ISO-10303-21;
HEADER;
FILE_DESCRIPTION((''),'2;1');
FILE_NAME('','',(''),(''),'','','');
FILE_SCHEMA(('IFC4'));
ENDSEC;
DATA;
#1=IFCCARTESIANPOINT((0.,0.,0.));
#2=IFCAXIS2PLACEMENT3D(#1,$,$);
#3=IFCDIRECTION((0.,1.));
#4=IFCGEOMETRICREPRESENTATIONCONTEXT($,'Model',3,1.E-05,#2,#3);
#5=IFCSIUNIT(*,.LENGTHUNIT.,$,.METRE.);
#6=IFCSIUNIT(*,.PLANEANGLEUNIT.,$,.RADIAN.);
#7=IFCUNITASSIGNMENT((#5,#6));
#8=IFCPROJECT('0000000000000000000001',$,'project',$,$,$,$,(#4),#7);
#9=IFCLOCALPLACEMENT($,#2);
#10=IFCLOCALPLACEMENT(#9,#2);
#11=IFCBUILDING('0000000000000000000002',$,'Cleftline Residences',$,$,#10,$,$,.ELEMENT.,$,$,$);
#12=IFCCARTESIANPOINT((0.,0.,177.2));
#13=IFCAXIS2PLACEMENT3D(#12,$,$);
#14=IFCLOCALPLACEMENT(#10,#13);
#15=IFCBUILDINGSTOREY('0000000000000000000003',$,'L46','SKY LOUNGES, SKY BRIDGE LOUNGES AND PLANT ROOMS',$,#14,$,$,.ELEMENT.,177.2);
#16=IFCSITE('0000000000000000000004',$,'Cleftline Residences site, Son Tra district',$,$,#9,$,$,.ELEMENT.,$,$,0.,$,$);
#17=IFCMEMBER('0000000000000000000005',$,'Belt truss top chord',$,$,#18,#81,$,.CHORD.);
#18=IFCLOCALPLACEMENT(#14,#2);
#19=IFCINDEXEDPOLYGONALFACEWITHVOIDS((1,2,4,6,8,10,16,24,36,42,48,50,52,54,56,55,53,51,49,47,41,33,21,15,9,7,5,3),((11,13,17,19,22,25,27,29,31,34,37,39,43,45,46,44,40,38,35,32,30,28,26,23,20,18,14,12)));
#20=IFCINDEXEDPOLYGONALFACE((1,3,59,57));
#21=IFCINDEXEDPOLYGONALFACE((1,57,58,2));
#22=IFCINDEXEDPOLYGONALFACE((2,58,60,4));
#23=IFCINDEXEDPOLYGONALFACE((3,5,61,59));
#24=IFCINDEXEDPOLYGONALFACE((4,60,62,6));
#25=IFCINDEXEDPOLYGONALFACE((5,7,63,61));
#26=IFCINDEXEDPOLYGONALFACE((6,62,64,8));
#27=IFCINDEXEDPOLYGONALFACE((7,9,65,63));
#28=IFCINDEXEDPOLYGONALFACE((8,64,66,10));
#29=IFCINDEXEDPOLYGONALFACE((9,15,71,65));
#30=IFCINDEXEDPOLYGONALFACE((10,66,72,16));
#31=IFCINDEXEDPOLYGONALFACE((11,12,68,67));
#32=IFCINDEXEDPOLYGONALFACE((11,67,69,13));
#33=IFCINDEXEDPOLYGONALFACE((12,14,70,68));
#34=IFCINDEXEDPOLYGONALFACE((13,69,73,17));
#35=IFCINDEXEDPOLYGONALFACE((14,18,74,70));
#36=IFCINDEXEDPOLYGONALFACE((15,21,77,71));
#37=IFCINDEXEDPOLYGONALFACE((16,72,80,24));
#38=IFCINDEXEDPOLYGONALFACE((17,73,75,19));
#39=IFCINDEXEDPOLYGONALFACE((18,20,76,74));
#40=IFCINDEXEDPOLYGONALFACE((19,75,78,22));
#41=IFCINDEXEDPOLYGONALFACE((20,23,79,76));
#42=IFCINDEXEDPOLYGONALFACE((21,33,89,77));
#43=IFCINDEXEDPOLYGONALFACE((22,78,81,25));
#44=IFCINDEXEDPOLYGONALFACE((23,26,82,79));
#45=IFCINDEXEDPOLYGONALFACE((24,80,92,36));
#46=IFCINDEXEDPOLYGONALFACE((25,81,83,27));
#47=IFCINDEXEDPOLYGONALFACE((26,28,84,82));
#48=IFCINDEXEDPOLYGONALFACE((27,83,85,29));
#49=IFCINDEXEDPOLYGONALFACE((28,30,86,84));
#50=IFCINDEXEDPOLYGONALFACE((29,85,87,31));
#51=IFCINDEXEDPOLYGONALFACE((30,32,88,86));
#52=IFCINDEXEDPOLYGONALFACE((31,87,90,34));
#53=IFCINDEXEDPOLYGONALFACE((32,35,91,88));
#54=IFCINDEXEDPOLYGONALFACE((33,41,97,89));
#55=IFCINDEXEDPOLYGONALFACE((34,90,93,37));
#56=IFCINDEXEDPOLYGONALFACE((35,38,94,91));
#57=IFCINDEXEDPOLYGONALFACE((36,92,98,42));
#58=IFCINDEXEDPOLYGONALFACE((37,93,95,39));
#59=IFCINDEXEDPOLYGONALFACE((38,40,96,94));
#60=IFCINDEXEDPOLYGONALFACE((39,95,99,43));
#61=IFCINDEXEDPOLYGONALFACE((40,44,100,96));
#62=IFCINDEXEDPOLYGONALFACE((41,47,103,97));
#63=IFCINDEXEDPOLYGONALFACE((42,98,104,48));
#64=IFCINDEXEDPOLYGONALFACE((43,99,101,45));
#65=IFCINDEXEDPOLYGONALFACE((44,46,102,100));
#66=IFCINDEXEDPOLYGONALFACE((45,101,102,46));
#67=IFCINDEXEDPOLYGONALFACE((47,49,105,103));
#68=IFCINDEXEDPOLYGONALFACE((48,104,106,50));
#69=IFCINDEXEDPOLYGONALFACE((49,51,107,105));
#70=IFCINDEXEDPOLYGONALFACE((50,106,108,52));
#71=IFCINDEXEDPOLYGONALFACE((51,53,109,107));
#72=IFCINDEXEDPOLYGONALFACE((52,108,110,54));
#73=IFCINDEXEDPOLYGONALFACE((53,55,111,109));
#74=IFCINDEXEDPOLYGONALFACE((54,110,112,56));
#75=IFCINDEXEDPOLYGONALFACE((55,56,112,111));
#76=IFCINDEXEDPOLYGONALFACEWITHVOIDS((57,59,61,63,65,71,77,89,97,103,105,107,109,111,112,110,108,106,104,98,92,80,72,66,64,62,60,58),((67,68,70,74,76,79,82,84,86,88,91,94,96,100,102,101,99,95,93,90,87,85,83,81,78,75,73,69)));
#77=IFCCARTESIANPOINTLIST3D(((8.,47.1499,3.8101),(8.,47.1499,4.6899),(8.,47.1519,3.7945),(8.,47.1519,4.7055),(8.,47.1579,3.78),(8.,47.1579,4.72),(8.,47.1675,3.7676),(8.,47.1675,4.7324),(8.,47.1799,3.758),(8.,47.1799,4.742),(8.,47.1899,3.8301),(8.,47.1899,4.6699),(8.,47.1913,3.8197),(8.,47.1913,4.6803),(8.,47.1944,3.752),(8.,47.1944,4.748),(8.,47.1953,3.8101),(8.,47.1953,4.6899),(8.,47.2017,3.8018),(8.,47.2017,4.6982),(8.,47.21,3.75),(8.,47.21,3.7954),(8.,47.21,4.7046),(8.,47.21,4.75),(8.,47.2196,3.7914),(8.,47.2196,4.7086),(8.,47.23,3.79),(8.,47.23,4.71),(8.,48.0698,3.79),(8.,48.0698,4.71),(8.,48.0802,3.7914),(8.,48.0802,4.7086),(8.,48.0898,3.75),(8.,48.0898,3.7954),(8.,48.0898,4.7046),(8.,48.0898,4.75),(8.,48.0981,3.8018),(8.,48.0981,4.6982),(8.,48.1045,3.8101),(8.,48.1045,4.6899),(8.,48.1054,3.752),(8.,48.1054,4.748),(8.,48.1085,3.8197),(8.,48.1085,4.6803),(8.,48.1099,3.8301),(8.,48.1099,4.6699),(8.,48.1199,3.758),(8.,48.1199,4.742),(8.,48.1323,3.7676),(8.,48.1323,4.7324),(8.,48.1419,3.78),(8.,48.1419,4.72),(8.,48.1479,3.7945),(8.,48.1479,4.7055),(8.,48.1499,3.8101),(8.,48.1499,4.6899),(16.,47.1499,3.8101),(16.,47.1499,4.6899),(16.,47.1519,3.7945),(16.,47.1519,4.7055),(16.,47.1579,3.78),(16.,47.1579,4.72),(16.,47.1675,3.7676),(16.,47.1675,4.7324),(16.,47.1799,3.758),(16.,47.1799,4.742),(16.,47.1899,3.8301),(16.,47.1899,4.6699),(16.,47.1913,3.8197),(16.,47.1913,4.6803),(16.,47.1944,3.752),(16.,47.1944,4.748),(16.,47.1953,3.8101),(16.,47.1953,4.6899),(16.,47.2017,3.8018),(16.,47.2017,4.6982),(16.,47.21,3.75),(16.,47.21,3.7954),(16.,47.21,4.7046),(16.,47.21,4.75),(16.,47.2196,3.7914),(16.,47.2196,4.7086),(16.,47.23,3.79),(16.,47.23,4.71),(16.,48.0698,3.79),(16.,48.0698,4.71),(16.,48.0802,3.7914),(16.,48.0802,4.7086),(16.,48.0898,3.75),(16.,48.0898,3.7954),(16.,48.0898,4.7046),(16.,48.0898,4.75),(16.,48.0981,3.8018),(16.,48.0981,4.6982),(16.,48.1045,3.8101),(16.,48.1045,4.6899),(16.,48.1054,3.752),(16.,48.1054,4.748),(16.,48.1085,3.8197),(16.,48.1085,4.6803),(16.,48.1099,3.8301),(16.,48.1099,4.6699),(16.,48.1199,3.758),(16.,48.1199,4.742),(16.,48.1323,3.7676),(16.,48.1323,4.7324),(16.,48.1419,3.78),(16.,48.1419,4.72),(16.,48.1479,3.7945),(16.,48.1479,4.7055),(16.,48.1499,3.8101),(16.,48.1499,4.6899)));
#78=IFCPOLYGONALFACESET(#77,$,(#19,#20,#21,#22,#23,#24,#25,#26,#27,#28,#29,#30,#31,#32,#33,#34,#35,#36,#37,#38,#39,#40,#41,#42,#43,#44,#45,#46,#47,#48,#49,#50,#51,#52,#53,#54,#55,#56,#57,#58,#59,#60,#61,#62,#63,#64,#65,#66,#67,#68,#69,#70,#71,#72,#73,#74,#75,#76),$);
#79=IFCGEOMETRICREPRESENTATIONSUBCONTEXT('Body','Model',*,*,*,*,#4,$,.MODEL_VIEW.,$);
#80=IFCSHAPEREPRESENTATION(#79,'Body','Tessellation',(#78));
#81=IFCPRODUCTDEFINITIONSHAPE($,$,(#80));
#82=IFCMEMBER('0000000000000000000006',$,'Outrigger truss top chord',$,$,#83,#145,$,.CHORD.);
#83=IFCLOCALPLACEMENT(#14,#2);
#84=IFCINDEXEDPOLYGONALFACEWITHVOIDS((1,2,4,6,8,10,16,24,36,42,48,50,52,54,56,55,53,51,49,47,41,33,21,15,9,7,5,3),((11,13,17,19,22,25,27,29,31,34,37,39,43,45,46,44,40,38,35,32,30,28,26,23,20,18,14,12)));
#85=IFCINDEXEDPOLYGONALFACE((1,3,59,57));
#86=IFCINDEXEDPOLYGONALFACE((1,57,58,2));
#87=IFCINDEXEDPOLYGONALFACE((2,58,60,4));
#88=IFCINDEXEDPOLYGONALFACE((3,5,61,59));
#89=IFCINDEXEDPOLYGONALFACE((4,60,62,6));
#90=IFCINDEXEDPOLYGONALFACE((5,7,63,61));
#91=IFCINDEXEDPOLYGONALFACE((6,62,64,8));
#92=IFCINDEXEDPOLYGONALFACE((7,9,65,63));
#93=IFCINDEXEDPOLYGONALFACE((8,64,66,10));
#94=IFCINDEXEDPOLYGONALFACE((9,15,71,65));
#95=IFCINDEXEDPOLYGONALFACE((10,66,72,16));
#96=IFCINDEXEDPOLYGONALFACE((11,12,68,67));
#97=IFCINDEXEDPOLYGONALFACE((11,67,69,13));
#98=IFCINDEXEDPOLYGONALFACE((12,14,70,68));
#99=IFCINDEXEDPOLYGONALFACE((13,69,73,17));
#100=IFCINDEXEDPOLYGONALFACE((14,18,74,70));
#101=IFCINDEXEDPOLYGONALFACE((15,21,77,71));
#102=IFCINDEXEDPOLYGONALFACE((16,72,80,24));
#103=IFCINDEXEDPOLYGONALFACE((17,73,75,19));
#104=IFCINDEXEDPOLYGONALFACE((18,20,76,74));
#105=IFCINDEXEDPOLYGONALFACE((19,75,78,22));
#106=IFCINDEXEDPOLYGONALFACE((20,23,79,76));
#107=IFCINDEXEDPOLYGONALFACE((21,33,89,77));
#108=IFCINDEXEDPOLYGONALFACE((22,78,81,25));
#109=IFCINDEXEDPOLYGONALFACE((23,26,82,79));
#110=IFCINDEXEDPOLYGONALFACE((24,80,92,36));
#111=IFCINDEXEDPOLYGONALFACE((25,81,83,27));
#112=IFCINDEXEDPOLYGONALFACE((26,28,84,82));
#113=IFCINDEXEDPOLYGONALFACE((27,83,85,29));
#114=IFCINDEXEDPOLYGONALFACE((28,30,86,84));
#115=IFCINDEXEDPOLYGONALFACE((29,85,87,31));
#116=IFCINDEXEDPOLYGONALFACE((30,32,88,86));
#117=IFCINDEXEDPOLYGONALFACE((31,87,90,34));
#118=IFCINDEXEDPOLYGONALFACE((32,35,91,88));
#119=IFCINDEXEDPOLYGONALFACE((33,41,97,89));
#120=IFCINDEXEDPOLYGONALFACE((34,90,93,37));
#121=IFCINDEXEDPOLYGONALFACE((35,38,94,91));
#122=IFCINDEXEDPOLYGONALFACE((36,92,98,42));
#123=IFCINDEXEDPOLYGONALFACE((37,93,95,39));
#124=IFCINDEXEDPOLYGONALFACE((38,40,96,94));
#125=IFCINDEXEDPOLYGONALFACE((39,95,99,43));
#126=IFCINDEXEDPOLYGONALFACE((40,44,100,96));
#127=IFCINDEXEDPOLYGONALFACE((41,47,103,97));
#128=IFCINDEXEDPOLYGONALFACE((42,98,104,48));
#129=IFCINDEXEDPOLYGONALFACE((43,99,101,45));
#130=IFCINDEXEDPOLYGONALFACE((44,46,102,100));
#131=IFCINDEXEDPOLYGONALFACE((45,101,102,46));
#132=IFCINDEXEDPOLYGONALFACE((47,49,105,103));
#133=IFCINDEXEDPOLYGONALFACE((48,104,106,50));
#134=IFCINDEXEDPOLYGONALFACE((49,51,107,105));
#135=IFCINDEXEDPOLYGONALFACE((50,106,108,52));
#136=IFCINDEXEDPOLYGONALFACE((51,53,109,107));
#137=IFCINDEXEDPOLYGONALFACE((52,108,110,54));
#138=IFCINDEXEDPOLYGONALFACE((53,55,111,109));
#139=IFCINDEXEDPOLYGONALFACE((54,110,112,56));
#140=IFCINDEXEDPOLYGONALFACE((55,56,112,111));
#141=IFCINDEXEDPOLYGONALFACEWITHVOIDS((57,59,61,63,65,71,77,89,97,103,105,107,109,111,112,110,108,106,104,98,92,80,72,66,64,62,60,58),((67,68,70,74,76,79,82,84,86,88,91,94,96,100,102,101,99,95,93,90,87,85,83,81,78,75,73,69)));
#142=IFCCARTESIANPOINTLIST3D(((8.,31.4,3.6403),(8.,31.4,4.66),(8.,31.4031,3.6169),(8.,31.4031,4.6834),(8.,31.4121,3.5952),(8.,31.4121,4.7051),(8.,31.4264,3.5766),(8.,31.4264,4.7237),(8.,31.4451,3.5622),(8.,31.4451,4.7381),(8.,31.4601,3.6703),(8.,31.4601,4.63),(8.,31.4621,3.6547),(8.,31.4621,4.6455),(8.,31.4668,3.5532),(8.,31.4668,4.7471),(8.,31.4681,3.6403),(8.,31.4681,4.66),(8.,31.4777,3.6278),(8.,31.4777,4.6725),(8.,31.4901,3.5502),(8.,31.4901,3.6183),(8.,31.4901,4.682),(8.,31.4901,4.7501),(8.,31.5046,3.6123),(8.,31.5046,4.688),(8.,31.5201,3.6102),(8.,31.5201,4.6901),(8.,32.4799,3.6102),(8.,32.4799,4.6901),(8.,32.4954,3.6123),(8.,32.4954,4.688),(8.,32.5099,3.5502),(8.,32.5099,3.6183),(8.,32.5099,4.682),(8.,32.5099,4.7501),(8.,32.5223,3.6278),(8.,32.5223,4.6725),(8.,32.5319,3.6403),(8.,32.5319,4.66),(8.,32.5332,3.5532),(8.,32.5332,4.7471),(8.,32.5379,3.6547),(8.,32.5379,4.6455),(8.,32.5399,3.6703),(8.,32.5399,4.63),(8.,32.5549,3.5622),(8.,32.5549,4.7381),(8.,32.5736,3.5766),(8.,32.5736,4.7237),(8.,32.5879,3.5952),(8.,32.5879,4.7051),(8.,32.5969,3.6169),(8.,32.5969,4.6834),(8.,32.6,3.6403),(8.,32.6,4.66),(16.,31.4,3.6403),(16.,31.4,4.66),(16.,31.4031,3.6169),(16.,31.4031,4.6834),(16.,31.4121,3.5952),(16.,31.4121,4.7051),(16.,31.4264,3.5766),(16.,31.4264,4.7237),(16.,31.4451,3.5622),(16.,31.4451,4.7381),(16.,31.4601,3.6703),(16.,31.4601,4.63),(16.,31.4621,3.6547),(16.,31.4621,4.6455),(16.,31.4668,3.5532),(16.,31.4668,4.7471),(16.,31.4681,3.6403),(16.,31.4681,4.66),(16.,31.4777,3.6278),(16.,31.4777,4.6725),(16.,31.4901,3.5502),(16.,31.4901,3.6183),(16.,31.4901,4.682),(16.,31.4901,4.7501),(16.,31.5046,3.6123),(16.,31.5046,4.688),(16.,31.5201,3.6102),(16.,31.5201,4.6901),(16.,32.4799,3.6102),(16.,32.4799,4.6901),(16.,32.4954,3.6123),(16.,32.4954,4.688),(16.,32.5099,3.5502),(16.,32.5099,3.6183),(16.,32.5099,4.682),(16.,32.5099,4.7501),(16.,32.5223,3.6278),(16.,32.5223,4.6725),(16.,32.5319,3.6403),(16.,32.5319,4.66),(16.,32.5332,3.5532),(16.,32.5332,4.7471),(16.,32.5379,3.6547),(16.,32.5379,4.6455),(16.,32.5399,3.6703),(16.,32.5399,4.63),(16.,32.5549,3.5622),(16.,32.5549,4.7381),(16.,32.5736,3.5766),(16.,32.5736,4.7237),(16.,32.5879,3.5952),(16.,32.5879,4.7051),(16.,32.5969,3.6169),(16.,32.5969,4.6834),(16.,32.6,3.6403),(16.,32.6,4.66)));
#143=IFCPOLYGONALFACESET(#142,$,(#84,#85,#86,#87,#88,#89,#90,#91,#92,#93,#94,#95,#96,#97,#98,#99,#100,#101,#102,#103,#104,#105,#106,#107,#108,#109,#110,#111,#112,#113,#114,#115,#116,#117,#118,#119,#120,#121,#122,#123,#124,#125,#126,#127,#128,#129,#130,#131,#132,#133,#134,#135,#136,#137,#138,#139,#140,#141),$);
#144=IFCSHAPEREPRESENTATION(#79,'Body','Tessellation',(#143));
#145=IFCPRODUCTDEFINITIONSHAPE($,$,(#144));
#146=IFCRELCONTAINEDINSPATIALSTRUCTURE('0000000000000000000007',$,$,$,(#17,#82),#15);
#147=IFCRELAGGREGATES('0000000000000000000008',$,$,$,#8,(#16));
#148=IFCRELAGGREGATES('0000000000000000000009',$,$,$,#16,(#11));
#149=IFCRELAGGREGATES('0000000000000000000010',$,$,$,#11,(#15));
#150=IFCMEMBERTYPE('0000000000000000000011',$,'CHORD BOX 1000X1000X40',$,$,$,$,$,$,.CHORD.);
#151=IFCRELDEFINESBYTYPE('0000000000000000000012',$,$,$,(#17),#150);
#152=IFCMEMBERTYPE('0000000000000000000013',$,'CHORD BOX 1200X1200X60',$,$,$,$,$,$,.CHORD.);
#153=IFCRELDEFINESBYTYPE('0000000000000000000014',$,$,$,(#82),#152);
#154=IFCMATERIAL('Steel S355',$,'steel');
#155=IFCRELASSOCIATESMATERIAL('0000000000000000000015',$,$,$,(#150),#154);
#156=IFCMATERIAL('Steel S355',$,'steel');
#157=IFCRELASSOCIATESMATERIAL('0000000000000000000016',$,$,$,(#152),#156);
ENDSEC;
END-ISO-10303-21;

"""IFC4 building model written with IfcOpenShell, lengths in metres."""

from ifc_helpers import new_model, si_unit, direction, frame, origin, origin_2d, place, context, subcontext, project, spatial, hollow_rectangle, extrude, material, material_profile, profile_set, type_object, element, save


model = new_model("IFC4")

# Units and contexts
model_context = context("Model", 3, precision=1e-05, world=origin(), true_north=direction((0.0, 1.0)))
body_context = subcontext(model_context, "Body", "Model", "MODEL_VIEW")
ifc_project = project(units=[si_unit("LENGTHUNIT", "METRE"), si_unit("PLANEANGLEUNIT", "RADIAN")], contexts=[model_context])

# Site, building, storey
site_placement = place(None, origin())
site = spatial("IfcSite", under=ifc_project, at=site_placement, Name="Cleftline Residences site, Son Tra district", CompositionType="ELEMENT", RefElevation=0.0)
building_placement = place(site_placement, origin())
building = spatial("IfcBuilding", under=site, at=building_placement, Name="Cleftline Residences", CompositionType="ELEMENT")
storey_placement = place(building_placement, frame((0.0, 0.0, 177.2)))
storey = spatial("IfcBuildingStorey", under=building, at=storey_placement, Name="L46", Description="SKY LOUNGES, SKY BRIDGE LOUNGES AND PLANT ROOMS", CompositionType="ELEMENT", Elevation=177.2)

# Members
ifc_material_1 = material(Name="Steel S355", Category="steel")
ifc_material_profile_1 = material_profile(ifc_material_1, hollow_rectangle(XDim=1.0, YDim=1.0, WallThickness=0.04, InnerFilletRadius=0.04, OuterFilletRadius=0.0601, at=origin_2d()))
ifc_profile_set_1 = profile_set([ifc_material_profile_1], Name="Steel S355")
member_type_1 = type_object("IfcMemberType", Name="CHORD BOX 1000X1000X40", PredefinedType="CHORD", material=ifc_profile_set_1)
for number, where, z_axis, x_axis, name in (
    (1, (8.0, 47.6499, 4.25), (1.0, 0.0, 0.0), (0.0, 1.0, 0.0), "Belt truss top chord"),
):
    element("IfcMember", number, at=place(storey_placement, frame(where, z_axis=z_axis, x_axis=x_axis)), inside=storey, type_object=member_type_1, Name=name, PredefinedType="CHORD", context=body_context, shape_type="SweptSolid", body=[
        extrude(hollow_rectangle(XDim=1.0, YDim=1.0, WallThickness=0.04, InnerFilletRadius=0.04, OuterFilletRadius=0.0601, at=origin_2d()), origin(), (0.0, 0.0, 1.0), 8.0),
    ])
ifc_material_2 = material(Name="Steel S355", Category="steel")
ifc_material_profile_2 = material_profile(ifc_material_2, hollow_rectangle(XDim=1.2, YDim=1.2, WallThickness=0.0601, InnerFilletRadius=0.0601, OuterFilletRadius=0.0901, at=origin_2d()))
ifc_profile_set_2 = profile_set([ifc_material_profile_2], Name="Steel S355")
member_type_2 = type_object("IfcMemberType", Name="CHORD BOX 1200X1200X60", PredefinedType="CHORD", material=ifc_profile_set_2)
member_1_placement = place(storey_placement, frame((16.0, 32.0, 4.1501), z_axis=(-1.0, 0.0, 0.0), x_axis=(0.0, -1.0, 0.0)))
element("IfcMember", 2, at=member_1_placement, inside=storey, type_object=member_type_2, Name="Outrigger truss top chord", PredefinedType="CHORD", context=body_context, shape_type="SweptSolid", body=[
    extrude(hollow_rectangle(XDim=1.2, YDim=1.2, WallThickness=0.0601, InnerFilletRadius=0.0601, OuterFilletRadius=0.0901, at=origin_2d()), origin(), (0.0, 0.0, 1.0), 8.0),
])

save(model, "model.ifc")
